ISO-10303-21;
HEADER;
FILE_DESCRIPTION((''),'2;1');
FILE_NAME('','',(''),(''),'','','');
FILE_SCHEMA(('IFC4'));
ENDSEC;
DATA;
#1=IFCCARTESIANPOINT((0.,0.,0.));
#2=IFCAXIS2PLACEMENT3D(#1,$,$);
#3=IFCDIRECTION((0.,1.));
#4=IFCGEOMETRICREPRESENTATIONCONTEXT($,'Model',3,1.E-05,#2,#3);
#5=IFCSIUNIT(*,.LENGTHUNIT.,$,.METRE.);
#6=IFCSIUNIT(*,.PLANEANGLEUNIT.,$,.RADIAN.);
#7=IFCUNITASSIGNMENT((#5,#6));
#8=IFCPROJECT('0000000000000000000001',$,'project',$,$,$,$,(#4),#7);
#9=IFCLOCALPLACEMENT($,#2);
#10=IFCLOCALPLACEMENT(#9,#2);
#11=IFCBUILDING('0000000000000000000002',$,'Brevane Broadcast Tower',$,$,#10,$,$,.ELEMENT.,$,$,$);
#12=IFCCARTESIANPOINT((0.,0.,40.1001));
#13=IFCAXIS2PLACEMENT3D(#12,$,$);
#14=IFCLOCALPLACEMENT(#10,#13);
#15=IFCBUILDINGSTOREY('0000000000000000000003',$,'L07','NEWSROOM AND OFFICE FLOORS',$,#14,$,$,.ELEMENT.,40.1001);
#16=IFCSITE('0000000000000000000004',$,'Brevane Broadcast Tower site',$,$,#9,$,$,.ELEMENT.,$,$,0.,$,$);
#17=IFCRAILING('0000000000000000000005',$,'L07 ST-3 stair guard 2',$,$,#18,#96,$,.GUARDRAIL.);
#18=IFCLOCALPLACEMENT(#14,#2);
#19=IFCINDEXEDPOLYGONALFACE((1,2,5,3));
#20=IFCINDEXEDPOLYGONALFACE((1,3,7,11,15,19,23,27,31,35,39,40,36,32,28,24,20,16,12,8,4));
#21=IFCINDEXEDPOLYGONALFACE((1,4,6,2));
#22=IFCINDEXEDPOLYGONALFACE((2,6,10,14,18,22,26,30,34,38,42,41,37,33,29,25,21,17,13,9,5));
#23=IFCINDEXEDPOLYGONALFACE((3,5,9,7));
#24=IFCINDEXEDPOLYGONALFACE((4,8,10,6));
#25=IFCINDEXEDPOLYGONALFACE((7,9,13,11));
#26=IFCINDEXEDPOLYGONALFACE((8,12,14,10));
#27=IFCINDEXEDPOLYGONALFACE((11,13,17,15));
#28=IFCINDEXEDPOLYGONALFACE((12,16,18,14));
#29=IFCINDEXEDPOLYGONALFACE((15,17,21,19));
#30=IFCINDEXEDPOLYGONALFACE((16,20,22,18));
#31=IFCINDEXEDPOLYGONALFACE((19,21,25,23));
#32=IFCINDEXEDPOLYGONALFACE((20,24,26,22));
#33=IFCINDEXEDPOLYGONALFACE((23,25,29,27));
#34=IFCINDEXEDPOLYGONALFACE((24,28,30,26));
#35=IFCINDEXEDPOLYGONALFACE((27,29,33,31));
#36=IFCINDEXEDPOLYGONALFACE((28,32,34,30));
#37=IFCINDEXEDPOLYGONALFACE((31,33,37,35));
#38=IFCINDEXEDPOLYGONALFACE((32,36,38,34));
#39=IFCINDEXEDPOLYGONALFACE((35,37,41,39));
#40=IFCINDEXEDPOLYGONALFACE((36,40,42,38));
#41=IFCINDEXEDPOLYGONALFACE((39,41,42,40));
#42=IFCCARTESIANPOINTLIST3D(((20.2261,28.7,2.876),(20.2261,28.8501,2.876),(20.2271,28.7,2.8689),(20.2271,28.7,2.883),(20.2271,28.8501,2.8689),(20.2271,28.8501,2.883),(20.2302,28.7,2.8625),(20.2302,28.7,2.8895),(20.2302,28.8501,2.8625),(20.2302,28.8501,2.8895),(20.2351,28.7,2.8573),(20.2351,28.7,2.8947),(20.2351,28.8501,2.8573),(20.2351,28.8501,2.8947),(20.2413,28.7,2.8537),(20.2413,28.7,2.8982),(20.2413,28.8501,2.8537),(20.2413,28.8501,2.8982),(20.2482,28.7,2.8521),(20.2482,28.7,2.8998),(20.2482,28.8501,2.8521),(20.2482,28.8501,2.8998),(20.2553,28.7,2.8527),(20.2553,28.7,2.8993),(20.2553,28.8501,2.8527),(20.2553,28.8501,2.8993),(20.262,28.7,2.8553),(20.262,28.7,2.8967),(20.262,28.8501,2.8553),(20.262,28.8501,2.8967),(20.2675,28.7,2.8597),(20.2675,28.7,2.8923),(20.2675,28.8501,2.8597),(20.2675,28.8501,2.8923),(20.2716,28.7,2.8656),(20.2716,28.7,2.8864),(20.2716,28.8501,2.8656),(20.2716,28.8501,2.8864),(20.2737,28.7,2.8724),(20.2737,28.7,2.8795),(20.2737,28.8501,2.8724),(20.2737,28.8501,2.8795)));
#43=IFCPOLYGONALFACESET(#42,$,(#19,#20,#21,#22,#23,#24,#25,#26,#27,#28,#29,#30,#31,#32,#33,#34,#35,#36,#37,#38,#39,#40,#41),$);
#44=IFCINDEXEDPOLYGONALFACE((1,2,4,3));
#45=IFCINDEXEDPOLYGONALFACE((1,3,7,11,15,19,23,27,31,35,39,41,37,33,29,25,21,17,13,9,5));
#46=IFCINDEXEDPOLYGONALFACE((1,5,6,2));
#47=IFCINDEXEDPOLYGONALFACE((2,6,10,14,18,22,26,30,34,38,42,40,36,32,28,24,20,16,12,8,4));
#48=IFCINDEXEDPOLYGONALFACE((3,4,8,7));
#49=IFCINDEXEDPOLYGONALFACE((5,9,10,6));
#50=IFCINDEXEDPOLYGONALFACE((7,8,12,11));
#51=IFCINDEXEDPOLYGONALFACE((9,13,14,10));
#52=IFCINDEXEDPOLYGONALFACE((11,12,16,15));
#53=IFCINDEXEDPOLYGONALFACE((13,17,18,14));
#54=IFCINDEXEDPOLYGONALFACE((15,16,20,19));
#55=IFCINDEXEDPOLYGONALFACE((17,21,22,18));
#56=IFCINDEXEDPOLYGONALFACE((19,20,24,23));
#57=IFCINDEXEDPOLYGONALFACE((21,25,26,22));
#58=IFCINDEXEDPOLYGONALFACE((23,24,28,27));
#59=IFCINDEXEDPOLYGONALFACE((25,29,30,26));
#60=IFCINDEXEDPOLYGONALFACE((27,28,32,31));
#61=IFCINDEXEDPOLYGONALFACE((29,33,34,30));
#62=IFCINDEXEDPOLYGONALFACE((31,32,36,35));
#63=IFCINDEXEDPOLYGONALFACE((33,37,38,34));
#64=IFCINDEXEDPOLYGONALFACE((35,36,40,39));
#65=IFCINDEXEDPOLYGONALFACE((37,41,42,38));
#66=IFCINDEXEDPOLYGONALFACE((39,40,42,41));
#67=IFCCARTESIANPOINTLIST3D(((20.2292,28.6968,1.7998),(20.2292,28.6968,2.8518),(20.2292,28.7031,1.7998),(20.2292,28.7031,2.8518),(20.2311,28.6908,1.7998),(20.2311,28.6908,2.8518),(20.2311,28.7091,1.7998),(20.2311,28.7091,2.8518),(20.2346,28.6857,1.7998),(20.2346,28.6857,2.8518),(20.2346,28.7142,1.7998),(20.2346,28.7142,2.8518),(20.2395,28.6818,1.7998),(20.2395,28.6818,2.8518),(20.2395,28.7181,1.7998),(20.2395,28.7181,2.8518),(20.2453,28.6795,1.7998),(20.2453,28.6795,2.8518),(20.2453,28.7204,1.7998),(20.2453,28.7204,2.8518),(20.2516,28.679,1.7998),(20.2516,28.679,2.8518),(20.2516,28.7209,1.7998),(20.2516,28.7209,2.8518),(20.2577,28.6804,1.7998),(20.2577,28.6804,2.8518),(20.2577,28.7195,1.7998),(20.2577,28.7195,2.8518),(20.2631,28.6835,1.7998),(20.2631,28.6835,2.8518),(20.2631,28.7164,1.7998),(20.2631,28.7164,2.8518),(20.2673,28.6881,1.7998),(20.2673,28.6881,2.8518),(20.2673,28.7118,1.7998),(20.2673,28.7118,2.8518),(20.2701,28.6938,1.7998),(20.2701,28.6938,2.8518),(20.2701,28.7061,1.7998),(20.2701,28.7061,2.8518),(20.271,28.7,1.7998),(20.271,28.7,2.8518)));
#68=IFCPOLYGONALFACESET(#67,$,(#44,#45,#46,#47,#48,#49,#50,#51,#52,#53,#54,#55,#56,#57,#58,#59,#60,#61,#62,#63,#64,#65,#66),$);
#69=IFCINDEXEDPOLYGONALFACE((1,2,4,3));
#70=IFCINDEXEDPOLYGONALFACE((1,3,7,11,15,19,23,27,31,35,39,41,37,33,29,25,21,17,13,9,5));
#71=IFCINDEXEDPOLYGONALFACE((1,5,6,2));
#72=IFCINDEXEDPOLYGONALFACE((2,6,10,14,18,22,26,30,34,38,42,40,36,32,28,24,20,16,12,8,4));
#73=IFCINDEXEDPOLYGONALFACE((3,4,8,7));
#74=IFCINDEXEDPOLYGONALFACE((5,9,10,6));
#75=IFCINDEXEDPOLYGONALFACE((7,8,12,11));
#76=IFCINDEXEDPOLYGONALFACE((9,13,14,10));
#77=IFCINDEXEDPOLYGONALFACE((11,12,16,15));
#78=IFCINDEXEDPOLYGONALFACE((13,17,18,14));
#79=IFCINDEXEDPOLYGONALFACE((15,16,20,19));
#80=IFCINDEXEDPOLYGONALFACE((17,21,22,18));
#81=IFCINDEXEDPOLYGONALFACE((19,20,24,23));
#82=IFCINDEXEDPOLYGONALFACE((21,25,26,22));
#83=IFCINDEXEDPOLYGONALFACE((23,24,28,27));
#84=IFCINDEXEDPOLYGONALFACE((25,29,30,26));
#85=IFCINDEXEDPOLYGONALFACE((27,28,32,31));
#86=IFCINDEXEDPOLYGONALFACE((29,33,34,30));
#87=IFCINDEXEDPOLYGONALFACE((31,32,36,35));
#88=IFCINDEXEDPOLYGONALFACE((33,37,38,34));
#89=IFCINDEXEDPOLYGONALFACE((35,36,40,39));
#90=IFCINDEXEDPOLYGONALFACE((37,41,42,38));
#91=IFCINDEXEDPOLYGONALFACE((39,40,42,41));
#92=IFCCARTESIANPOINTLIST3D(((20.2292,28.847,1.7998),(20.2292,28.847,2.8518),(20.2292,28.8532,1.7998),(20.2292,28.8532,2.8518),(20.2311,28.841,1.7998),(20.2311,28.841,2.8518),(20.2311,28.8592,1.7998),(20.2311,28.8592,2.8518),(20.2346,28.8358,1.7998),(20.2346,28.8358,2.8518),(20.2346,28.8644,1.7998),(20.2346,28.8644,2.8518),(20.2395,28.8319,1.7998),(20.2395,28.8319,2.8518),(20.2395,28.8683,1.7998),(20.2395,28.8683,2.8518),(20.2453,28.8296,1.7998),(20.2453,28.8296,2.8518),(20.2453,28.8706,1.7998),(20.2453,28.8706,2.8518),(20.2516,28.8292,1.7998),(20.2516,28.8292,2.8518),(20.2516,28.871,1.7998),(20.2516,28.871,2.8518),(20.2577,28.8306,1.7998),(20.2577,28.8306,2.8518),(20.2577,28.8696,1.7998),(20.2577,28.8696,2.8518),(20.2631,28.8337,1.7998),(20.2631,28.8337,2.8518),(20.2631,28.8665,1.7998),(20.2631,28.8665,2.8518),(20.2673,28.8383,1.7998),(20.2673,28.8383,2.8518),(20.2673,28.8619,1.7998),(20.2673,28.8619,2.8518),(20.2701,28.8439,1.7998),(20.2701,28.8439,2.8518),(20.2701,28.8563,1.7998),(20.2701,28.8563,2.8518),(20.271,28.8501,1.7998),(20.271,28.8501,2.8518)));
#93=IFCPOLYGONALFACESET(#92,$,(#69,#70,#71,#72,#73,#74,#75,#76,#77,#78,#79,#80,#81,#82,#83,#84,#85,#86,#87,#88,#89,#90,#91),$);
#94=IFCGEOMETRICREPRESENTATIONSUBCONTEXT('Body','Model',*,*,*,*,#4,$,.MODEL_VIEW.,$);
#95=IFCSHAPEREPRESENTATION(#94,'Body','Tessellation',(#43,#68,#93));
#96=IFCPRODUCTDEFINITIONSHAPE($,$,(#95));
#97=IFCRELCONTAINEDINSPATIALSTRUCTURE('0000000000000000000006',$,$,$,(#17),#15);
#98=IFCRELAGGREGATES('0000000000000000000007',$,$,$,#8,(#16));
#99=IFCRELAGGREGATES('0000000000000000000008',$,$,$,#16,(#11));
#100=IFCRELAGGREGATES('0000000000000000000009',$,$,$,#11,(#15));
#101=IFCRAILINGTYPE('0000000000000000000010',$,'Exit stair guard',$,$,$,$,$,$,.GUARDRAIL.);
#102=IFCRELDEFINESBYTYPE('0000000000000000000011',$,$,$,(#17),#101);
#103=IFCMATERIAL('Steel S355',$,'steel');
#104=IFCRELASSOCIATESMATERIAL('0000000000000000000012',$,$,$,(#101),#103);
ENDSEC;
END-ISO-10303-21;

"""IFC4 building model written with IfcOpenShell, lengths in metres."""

from ifc_helpers import new_model, si_unit, direction, frame, origin, origin_2d, place, context, subcontext, project, spatial, circle, extrude, material, type_object, element, save


model = new_model("IFC4")

# Units and contexts
model_context = context("Model", 3, precision=1e-05, world=origin(), true_north=direction((0.0, 1.0)))
body_context = subcontext(model_context, "Body", "Model", "MODEL_VIEW")
ifc_project = project(units=[si_unit("LENGTHUNIT", "METRE"), si_unit("PLANEANGLEUNIT", "RADIAN")], contexts=[model_context])

# Site, building, storey
site_placement = place(None, origin())
site = spatial("IfcSite", under=ifc_project, at=site_placement, Name="Brevane Broadcast Tower site", CompositionType="ELEMENT", RefElevation=0.0)
building_placement = place(site_placement, origin())
building = spatial("IfcBuilding", under=site, at=building_placement, Name="Brevane Broadcast Tower", CompositionType="ELEMENT")
storey_placement = place(building_placement, frame((0.0, 0.0, 40.1001)))
storey = spatial("IfcBuildingStorey", under=building, at=storey_placement, Name="L07", Description="NEWSROOM AND OFFICE FLOORS", CompositionType="ELEMENT", Elevation=40.1001)

# Shared definitions
ifc_material_1 = material(Name="Steel S355", Category="steel")

# Railing
railing_type_1 = type_object("IfcRailingType", Name="Exit stair guard", PredefinedType="GUARDRAIL", material=ifc_material_1)
railing_1_placement = place(storey_placement, frame((20.25, 28.7, 1.7998)))
element("IfcRailing", 1, at=railing_1_placement, inside=storey, type_object=railing_type_1, Name="L07 ST-3 stair guard 2", PredefinedType="GUARDRAIL", context=body_context, shape_type="SweptSolid", body=[
    extrude(circle(Radius=0.0239, at=origin_2d()), frame((0.0, 0.0, 1.0762), z_axis=(0.0, 1.0, 0.0), x_axis=(-1.0, 0.0, 0.0)), (0.0, 0.0, 1.0), 0.1501),
    extrude(circle(Radius=0.021, at=origin_2d()), origin(), (0.0, 0.0, 1.0), 1.052),
    extrude(circle(Radius=0.021, at=origin_2d()), frame((0.0, 0.1501, 0.0)), (0.0, 0.0, 1.0), 1.052),
])

save(model, "model.ifc")
